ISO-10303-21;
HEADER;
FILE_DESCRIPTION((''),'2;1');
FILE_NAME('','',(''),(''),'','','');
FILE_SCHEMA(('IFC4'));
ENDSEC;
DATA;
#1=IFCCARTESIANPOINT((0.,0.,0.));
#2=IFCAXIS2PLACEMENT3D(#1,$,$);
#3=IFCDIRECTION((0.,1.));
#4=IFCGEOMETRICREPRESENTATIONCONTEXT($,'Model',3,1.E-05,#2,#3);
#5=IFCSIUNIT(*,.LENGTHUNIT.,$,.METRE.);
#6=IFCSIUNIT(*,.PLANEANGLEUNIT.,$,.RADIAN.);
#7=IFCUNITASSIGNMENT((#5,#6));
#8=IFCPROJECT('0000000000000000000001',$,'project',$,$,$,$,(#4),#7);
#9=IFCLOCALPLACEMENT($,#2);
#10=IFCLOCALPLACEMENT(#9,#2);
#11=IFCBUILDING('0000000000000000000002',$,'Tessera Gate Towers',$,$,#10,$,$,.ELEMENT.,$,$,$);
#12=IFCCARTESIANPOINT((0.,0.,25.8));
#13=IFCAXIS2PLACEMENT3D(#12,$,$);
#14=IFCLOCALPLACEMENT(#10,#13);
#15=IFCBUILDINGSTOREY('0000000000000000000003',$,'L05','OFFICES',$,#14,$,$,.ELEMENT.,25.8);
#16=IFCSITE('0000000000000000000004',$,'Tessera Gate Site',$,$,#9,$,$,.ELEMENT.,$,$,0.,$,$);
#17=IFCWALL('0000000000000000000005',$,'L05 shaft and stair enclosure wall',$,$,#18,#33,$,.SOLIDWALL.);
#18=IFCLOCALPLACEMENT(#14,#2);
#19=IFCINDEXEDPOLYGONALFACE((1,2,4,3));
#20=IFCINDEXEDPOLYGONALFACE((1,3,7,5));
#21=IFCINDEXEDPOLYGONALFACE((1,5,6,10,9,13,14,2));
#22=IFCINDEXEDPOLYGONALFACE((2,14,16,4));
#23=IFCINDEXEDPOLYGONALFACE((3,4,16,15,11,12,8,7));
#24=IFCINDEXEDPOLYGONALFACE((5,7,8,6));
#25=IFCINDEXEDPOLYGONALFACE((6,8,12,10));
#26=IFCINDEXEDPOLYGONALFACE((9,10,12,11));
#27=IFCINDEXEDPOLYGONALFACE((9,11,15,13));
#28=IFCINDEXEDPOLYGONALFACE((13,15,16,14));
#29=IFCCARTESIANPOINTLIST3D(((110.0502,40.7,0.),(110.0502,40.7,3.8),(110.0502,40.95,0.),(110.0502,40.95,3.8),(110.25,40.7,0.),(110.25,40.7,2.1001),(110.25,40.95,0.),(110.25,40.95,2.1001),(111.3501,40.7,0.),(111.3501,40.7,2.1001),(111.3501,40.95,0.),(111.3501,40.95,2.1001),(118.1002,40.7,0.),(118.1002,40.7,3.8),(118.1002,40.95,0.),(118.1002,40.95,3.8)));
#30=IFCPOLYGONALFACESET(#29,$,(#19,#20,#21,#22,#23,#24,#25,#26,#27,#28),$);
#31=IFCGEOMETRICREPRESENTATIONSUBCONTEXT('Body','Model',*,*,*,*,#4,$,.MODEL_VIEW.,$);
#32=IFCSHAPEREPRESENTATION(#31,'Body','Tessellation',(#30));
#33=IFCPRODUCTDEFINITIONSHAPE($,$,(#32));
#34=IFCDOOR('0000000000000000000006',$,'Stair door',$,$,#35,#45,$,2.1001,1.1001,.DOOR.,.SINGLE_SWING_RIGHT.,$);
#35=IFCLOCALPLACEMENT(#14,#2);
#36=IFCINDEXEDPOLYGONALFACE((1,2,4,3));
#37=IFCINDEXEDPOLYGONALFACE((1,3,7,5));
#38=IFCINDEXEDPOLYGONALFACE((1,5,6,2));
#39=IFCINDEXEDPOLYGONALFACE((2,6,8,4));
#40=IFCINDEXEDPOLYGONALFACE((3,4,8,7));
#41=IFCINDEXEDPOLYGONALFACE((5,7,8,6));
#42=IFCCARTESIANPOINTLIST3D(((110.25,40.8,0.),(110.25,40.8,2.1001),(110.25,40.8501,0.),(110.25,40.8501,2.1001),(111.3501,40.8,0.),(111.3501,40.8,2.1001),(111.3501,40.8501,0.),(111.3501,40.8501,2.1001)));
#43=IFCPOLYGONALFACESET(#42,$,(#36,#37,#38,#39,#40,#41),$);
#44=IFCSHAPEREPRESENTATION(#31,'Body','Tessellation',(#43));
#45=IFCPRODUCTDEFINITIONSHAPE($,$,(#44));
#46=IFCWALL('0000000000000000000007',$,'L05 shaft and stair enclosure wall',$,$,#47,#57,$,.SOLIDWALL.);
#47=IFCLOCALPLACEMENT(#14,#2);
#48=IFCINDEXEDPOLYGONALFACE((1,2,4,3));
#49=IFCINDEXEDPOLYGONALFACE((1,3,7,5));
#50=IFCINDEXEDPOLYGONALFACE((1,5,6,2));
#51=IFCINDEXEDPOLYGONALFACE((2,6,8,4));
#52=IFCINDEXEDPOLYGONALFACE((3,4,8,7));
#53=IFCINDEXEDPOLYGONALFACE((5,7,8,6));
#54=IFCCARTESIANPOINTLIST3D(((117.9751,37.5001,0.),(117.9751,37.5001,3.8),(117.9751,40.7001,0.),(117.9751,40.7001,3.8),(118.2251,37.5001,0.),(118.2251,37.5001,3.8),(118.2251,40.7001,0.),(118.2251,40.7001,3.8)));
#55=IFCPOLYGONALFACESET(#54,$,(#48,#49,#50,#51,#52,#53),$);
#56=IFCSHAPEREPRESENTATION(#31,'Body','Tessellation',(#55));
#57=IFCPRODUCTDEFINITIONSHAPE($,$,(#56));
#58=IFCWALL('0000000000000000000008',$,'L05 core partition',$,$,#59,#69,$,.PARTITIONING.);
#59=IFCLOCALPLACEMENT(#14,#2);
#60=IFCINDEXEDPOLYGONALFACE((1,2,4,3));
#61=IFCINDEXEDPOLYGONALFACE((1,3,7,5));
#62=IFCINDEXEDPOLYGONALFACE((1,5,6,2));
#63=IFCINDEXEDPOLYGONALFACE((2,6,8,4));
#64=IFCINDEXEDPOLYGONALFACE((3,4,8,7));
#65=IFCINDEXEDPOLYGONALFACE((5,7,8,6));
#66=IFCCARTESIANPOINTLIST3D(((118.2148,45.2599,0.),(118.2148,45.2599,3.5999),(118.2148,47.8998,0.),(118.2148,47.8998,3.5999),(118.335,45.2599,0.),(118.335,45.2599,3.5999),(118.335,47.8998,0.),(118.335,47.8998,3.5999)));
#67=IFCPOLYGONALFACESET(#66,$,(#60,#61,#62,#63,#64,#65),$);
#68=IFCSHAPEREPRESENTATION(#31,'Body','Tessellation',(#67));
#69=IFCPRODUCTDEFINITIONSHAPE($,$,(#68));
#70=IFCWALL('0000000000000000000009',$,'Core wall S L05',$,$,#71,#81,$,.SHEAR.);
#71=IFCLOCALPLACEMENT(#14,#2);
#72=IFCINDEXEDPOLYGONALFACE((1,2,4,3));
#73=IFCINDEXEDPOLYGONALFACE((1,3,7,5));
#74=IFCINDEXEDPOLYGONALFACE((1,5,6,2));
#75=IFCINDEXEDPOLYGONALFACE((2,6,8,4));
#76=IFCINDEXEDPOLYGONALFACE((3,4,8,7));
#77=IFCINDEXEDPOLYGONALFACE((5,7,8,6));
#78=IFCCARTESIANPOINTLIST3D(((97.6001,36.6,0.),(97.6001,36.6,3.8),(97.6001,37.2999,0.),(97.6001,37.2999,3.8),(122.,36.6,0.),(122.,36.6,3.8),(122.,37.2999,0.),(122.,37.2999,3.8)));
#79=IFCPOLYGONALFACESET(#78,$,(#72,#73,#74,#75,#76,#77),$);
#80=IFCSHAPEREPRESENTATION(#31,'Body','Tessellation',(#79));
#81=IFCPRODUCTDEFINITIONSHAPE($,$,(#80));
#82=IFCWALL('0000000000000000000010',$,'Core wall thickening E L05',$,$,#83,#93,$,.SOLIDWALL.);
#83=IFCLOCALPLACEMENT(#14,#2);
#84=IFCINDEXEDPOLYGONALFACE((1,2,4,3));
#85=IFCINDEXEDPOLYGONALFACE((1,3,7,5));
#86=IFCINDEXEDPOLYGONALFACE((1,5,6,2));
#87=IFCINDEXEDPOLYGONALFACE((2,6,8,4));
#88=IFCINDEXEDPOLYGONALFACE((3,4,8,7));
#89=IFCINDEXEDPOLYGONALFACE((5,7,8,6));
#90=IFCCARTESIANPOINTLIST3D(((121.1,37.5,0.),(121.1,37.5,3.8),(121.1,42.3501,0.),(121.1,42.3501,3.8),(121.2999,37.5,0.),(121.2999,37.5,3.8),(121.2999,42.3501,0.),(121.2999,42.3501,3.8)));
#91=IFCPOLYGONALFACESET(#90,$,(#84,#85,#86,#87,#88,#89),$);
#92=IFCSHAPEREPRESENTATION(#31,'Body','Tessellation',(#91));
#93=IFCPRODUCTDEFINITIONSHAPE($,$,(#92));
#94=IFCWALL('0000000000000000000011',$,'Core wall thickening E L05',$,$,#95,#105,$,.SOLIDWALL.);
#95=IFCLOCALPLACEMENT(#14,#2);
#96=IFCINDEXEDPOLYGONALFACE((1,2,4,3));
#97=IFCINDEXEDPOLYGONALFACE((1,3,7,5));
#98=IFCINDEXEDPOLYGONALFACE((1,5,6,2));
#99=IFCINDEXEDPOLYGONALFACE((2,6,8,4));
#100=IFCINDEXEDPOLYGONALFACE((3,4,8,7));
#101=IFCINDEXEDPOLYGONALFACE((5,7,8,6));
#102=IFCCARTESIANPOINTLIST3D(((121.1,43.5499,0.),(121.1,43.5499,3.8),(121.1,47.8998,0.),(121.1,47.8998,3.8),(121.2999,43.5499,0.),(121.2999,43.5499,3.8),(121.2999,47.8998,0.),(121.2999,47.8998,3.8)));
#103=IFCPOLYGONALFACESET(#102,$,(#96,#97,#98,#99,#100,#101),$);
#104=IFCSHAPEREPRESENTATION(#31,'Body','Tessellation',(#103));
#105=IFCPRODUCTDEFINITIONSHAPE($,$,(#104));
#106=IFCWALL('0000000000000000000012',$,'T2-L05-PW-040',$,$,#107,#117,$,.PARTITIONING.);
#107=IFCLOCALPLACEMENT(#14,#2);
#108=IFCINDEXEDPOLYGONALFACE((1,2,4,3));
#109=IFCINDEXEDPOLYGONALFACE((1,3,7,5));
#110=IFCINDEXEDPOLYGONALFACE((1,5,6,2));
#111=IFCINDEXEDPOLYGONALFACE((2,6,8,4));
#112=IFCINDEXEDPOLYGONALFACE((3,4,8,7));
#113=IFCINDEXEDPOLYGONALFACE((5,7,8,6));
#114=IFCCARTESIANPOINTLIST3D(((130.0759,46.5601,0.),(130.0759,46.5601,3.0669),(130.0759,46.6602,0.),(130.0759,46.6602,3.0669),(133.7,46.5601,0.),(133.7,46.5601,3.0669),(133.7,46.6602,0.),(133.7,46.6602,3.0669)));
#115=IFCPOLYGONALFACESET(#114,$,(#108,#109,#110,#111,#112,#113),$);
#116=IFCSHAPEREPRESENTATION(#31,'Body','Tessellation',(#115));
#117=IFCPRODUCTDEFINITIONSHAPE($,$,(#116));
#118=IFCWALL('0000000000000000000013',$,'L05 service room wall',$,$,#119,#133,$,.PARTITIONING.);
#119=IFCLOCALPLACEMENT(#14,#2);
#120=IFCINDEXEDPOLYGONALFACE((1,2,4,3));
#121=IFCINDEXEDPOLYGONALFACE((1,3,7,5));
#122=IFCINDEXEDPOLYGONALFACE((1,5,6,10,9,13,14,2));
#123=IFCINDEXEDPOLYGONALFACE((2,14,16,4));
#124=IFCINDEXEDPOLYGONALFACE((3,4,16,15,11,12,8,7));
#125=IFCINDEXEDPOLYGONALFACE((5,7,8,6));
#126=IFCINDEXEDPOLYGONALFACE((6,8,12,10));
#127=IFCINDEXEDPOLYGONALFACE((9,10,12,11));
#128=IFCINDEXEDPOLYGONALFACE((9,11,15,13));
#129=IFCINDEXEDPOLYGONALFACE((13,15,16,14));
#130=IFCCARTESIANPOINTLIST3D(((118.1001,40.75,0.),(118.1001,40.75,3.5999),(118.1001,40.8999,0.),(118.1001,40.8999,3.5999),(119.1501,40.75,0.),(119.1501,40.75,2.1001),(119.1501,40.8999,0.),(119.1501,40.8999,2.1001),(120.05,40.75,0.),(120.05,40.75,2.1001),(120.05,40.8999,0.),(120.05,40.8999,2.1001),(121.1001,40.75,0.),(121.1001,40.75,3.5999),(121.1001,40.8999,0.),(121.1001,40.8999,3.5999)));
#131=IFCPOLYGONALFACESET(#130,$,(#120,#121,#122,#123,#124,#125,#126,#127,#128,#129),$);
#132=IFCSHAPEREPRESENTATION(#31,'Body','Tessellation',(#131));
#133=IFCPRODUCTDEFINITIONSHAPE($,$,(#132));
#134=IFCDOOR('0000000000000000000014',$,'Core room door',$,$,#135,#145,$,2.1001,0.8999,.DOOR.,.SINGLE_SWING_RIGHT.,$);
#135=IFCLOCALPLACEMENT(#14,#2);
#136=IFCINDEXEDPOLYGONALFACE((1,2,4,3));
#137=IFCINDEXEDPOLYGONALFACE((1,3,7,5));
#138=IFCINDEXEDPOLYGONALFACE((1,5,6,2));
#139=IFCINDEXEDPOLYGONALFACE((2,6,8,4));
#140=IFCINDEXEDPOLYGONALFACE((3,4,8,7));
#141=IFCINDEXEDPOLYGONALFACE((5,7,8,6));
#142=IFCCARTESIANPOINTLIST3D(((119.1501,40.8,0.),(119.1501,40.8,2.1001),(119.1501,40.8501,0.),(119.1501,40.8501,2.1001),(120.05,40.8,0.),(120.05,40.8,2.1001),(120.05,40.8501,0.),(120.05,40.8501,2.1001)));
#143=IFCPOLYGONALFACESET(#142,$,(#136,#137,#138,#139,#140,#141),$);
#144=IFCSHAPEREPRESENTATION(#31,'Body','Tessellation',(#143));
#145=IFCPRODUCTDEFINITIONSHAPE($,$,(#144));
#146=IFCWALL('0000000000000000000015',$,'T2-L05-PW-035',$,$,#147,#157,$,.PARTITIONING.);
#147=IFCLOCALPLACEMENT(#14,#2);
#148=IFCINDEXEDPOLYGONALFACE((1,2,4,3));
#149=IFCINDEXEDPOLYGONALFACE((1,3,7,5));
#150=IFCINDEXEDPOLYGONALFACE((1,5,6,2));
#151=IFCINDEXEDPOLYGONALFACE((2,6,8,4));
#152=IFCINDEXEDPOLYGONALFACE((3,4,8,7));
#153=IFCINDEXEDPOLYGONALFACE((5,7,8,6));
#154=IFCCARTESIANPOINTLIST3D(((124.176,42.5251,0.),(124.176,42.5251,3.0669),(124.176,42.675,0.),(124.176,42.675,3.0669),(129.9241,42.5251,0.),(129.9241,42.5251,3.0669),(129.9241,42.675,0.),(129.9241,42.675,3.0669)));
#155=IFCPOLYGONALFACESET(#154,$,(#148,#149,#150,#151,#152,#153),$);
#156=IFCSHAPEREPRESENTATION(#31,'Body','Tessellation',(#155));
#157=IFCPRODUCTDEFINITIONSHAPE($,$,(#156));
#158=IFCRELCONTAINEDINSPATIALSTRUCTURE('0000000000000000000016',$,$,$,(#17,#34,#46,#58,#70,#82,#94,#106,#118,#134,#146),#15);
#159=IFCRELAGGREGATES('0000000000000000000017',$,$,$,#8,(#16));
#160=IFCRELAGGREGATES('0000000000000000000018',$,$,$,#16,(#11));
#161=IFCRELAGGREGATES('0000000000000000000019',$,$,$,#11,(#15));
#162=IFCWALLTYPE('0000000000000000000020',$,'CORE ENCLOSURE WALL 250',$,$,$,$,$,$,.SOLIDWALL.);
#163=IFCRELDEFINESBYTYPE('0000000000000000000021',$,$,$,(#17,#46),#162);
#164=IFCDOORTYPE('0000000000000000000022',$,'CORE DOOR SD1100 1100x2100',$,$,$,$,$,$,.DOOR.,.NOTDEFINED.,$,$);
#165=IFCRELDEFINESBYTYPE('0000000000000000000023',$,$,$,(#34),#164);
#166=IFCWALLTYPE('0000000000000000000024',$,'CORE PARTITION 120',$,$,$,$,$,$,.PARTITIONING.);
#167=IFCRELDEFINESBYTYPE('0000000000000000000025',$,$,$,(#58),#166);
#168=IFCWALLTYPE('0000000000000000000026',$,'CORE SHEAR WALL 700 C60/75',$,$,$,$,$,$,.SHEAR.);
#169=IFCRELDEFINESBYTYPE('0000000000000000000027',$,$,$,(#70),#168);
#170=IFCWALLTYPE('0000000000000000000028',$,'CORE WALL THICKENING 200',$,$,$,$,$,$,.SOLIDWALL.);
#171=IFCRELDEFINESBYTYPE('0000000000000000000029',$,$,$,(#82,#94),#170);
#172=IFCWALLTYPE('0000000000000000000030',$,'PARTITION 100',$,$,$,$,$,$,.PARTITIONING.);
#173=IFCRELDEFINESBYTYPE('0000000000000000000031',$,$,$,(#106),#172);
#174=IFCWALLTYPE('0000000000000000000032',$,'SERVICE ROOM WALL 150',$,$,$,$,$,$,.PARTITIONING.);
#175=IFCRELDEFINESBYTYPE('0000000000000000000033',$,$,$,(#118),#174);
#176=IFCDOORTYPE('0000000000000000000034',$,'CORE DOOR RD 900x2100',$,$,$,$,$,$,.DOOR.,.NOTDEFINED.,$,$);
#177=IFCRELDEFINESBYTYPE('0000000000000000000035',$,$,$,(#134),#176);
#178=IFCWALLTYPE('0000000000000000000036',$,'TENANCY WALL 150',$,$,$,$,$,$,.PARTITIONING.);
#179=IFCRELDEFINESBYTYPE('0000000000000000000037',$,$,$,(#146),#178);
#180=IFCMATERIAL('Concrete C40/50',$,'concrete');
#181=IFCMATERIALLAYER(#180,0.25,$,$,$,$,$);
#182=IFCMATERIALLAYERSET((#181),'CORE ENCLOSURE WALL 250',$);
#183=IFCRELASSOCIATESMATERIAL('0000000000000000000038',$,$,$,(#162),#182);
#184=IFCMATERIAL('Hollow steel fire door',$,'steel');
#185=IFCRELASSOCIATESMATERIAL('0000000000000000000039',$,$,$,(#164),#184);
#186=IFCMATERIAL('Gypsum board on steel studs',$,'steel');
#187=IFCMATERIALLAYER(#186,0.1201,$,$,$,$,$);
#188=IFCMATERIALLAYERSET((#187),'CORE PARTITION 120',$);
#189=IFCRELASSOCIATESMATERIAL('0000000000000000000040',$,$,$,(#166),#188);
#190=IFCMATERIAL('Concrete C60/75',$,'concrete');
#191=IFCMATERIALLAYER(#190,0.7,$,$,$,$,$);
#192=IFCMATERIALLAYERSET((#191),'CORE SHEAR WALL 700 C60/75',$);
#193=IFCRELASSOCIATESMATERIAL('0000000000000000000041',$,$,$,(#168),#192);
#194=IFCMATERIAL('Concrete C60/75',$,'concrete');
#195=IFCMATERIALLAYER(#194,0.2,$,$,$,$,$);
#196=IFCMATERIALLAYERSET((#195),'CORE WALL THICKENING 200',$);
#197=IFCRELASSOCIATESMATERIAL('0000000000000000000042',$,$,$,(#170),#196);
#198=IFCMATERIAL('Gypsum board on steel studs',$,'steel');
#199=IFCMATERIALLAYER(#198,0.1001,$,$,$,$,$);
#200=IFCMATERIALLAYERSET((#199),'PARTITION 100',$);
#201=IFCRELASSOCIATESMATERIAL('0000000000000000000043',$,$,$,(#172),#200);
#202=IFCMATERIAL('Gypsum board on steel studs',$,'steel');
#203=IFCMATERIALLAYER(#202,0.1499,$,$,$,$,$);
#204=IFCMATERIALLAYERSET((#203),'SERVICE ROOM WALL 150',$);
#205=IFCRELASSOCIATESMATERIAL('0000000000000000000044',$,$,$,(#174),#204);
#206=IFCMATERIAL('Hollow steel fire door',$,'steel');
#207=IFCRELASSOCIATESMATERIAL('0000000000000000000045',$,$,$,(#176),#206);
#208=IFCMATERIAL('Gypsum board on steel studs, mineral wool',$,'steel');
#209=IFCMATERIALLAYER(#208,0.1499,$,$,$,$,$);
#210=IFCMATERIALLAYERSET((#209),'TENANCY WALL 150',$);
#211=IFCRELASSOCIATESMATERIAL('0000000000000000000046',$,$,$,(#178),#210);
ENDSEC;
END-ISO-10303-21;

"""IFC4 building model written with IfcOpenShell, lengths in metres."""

from ifc_helpers import new_model, si_unit, direction, frame, frame_2d, origin, place, context, subcontext, project, spatial, rectangle, extrude, source, transform, mapped, material, layer, layer_set, type_object, element, fill, save


model = new_model("IFC4")

# Units and contexts
model_context = context("Model", 3, precision=1e-05, world=origin(), true_north=direction((0.0, 1.0)))
body_context = subcontext(model_context, "Body", "Model", "MODEL_VIEW")
ifc_project = project(units=[si_unit("LENGTHUNIT", "METRE"), si_unit("PLANEANGLEUNIT", "RADIAN")], contexts=[model_context])

# Site, building, storey
site_placement = place(None, origin())
site = spatial("IfcSite", under=ifc_project, at=site_placement, Name="Tessera Gate Site", CompositionType="ELEMENT", RefElevation=0.0)
building_placement = place(site_placement, origin())
building = spatial("IfcBuilding", under=site, at=building_placement, Name="Tessera Gate Towers", CompositionType="ELEMENT")
storey_placement = place(building_placement, frame((0.0, 0.0, 25.8)))
storey = spatial("IfcBuildingStorey", under=building, at=storey_placement, Name="L05", Description="OFFICES", CompositionType="ELEMENT", Elevation=25.8)

# Wall, opening, door
ifc_material_1 = material(Name="Concrete C40/50", Category="concrete")
ifc_layer_1 = layer(ifc_material_1, 0.25)
ifc_layer_set_1 = layer_set([ifc_layer_1], Name="CORE ENCLOSURE WALL 250")
wall_type_1 = type_object("IfcWallType", Name="CORE ENCLOSURE WALL 250", PredefinedType="SOLIDWALL", material=ifc_layer_set_1)
wall_1_placement = place(storey_placement, frame((118.1001, 40.825, 0.0), z_axis=(0.0, 0.0, 1.0), x_axis=(-1.0, 0.0, 0.0)))
wall_1 = element("IfcWall", 1, at=wall_1_placement, inside=storey, type_object=wall_type_1, Name="L05 shaft and stair enclosure wall", PredefinedType="SOLIDWALL", context=body_context, shape_type="SweptSolid", body=[
    extrude(rectangle(XDim=8.05, YDim=0.25, at=frame_2d((4.0249, 0.0))), origin(), (0.0, 0.0, 1.0), 3.8),
])
shared_shape_1 = source(origin(), body_context, "Body", "SweptSolid", [
    extrude(rectangle(XDim=1.1001, YDim=2.1001, at=frame_2d((0.55, 1.05))), frame((0.0, 0.135, 0.0), z_axis=(0.0, -1.0, 0.0), x_axis=(1.0, 0.0, 0.0)), (0.0, 0.0, 1.0), 0.27),
])
opening_1_placement = place(wall_1_placement, frame((6.75, 0.0, 0.0)))
opening_1 = element("IfcOpeningElement", 2, at=opening_1_placement, cuts=wall_1, PredefinedType="OPENING", context=body_context, shape_type="MappedRepresentation", body=[
    mapped(shared_shape_1, transform((0.0, 0.0, 0.0), scale=1.0)),
])
ifc_material_2 = material(Name="Hollow steel fire door", Category="steel")
door_type_1 = type_object("IfcDoorType", Name="CORE DOOR SD1100 1100x2100", OperationType="NOTDEFINED", PredefinedType="DOOR", material=ifc_material_2)
shared_shape_2 = source(origin(), body_context, "Body", "SweptSolid", [
    extrude(rectangle(XDim=1.1001, YDim=2.1001, at=frame_2d((0.55, 1.05))), frame((0.0, 0.0249, 0.0), z_axis=(0.0, -1.0, 0.0), x_axis=(1.0, 0.0, 0.0)), (0.0, 0.0, 1.0), 0.05),
])
door_1_placement = place(opening_1_placement, origin())
door_1 = element("IfcDoor", 3, at=door_1_placement, inside=storey, type_object=door_type_1, Name="Stair door", OperationType="SINGLE_SWING_RIGHT", OverallHeight=2.1001, OverallWidth=1.1001, PredefinedType="DOOR", context=body_context, shape_type="MappedRepresentation", body=[
    mapped(shared_shape_2, transform((0.0, 0.0, 0.0), scale=1.0)),
])
fill(opening_1, door_1)

# Walls
wall_2_placement = place(storey_placement, frame((118.1001, 37.5, 0.0), z_axis=(0.0, 0.0, 1.0), x_axis=(0.0, 1.0, 0.0)))
element("IfcWall", 4, at=wall_2_placement, inside=storey, type_object=wall_type_1, Name="L05 shaft and stair enclosure wall", PredefinedType="SOLIDWALL", context=body_context, shape_type="SweptSolid", body=[
    extrude(rectangle(XDim=3.2, YDim=0.25, at=frame_2d((1.6001, 0.0))), origin(), (0.0, 0.0, 1.0), 3.8),
])
ifc_material_3 = material(Name="Gypsum board on steel studs", Category="steel")
ifc_layer_2 = layer(ifc_material_3, 0.1201)
ifc_layer_set_2 = layer_set([ifc_layer_2], Name="CORE PARTITION 120")
wall_type_2 = type_object("IfcWallType", Name="CORE PARTITION 120", PredefinedType="PARTITIONING", material=ifc_layer_set_2)
wall_3_placement = place(storey_placement, frame((118.2749, 45.26, 0.0), z_axis=(0.0, 0.0, 1.0), x_axis=(0.0, 1.0, 0.0)))
element("IfcWall", 5, at=wall_3_placement, inside=storey, type_object=wall_type_2, Name="L05 core partition", PredefinedType="PARTITIONING", context=body_context, shape_type="SweptSolid", body=[
    extrude(rectangle(XDim=2.6399, YDim=0.1201, at=frame_2d((1.3198, 0.0))), origin(), (0.0, 0.0, 1.0), 3.5999),
])
ifc_material_4 = material(Name="Concrete C60/75", Category="concrete")
ifc_layer_3 = layer(ifc_material_4, 0.7)
ifc_layer_set_3 = layer_set([ifc_layer_3], Name="CORE SHEAR WALL 700 C60/75")
wall_type_3 = type_object("IfcWallType", Name="CORE SHEAR WALL 700 C60/75", PredefinedType="SHEAR", material=ifc_layer_set_3)
wall_4_placement = place(storey_placement, frame((122.0, 36.95, 0.0), z_axis=(0.0, 0.0, 1.0), x_axis=(-1.0, 0.0, 0.0)))
element("IfcWall", 6, at=wall_4_placement, inside=storey, type_object=wall_type_3, Name="Core wall S L05", PredefinedType="SHEAR", context=body_context, shape_type="SweptSolid", body=[
    extrude(rectangle(XDim=24.3999, YDim=0.7, at=frame_2d((12.2, 0.0))), origin(), (0.0, 0.0, 1.0), 3.8),
])
ifc_material_5 = material(Name="Concrete C60/75", Category="concrete")
ifc_layer_4 = layer(ifc_material_5, 0.2)
ifc_layer_set_4 = layer_set([ifc_layer_4], Name="CORE WALL THICKENING 200")
wall_type_4 = type_object("IfcWallType", Name="CORE WALL THICKENING 200", PredefinedType="SOLIDWALL", material=ifc_layer_set_4)
wall_5_placement = place(storey_placement, frame((121.2, 37.5, 0.0), z_axis=(0.0, 0.0, 1.0), x_axis=(0.0, 1.0, 0.0)))
element("IfcWall", 7, at=wall_5_placement, inside=storey, type_object=wall_type_4, Name="Core wall thickening E L05", PredefinedType="SOLIDWALL", context=body_context, shape_type="SweptSolid", body=[
    extrude(rectangle(XDim=4.8501, YDim=0.2, at=frame_2d((2.425, 0.0))), origin(), (0.0, 0.0, 1.0), 3.8),
])
wall_6_placement = place(storey_placement, frame((121.2, 43.55, 0.0), z_axis=(0.0, 0.0, 1.0), x_axis=(0.0, 1.0, 0.0)))
element("IfcWall", 8, at=wall_6_placement, inside=storey, type_object=wall_type_4, Name="Core wall thickening E L05", PredefinedType="SOLIDWALL", context=body_context, shape_type="SweptSolid", body=[
    extrude(rectangle(XDim=4.3499, YDim=0.2, at=frame_2d((2.1748, 0.0))), origin(), (0.0, 0.0, 1.0), 3.8),
])
ifc_material_6 = material(Name="Gypsum board on steel studs", Category="steel")
ifc_layer_5 = layer(ifc_material_6, 0.1001)
ifc_layer_set_5 = layer_set([ifc_layer_5], Name="PARTITION 100")
wall_type_5 = type_object("IfcWallType", Name="PARTITION 100", PredefinedType="PARTITIONING", material=ifc_layer_set_5)
wall_7_placement = place(storey_placement, frame((130.0759, 46.6101, 0.0), z_axis=(0.0, 0.0, 1.0), x_axis=(1.0, 0.0, 0.0)))
element("IfcWall", 9, at=wall_7_placement, inside=storey, type_object=wall_type_5, Name="T2-L05-PW-040", PredefinedType="PARTITIONING", context=body_context, shape_type="SweptSolid", body=[
    extrude(rectangle(XDim=3.624, YDim=0.1001, at=frame_2d((1.812, 0.0))), origin(), (0.0, 0.0, 1.0), 3.0669),
])

# Wall, opening, door
ifc_material_7 = material(Name="Gypsum board on steel studs", Category="steel")
ifc_layer_6 = layer(ifc_material_7, 0.1499)
ifc_layer_set_6 = layer_set([ifc_layer_6], Name="SERVICE ROOM WALL 150")
wall_type_6 = type_object("IfcWallType", Name="SERVICE ROOM WALL 150", PredefinedType="PARTITIONING", material=ifc_layer_set_6)
wall_8_placement = place(storey_placement, frame((121.1001, 40.825, 0.0), z_axis=(0.0, 0.0, 1.0), x_axis=(-1.0, 0.0, 0.0)))
wall_8 = element("IfcWall", 10, at=wall_8_placement, inside=storey, type_object=wall_type_6, Name="L05 service room wall", PredefinedType="PARTITIONING", context=body_context, shape_type="SweptSolid", body=[
    extrude(rectangle(XDim=3.0, YDim=0.1499, at=frame_2d((1.5, 0.0))), origin(), (0.0, 0.0, 1.0), 3.5999),
])
shared_shape_3 = source(origin(), body_context, "Body", "SweptSolid", [
    extrude(rectangle(XDim=0.8999, YDim=2.1001, at=frame_2d((0.45, 1.05))), frame((0.0, 0.085, 0.0), z_axis=(0.0, -1.0, 0.0), x_axis=(1.0, 0.0, 0.0)), (0.0, 0.0, 1.0), 0.1699),
])
opening_2_placement = place(wall_8_placement, frame((1.05, 0.0, 0.0)))
opening_2 = element("IfcOpeningElement", 11, at=opening_2_placement, cuts=wall_8, PredefinedType="OPENING", context=body_context, shape_type="MappedRepresentation", body=[
    mapped(shared_shape_3, transform((0.0, 0.0, 0.0), scale=1.0)),
])
ifc_material_8 = material(Name="Hollow steel fire door", Category="steel")
door_type_2 = type_object("IfcDoorType", Name="CORE DOOR RD 900x2100", OperationType="NOTDEFINED", PredefinedType="DOOR", material=ifc_material_8)
shared_shape_4 = source(origin(), body_context, "Body", "SweptSolid", [
    extrude(rectangle(XDim=0.8999, YDim=2.1001, at=frame_2d((0.45, 1.05))), frame((0.0, 0.0249, 0.0), z_axis=(0.0, -1.0, 0.0), x_axis=(1.0, 0.0, 0.0)), (0.0, 0.0, 1.0), 0.05),
])
door_2_placement = place(opening_2_placement, origin())
door_2 = element("IfcDoor", 12, at=door_2_placement, inside=storey, type_object=door_type_2, Name="Core room door", OperationType="SINGLE_SWING_RIGHT", OverallHeight=2.1001, OverallWidth=0.8999, PredefinedType="DOOR", context=body_context, shape_type="MappedRepresentation", body=[
    mapped(shared_shape_4, transform((0.0, 0.0, 0.0), scale=1.0)),
])
fill(opening_2, door_2)

# Wall
ifc_material_9 = material(Name="Gypsum board on steel studs, mineral wool", Category="steel")
ifc_layer_7 = layer(ifc_material_9, 0.1499)
ifc_layer_set_7 = layer_set([ifc_layer_7], Name="TENANCY WALL 150")
wall_type_7 = type_object("IfcWallType", Name="TENANCY WALL 150", PredefinedType="PARTITIONING", material=ifc_layer_set_7)
wall_9_placement = place(storey_placement, frame((124.176, 42.6001, 0.0), z_axis=(0.0, 0.0, 1.0), x_axis=(1.0, 0.0, 0.0)))
element("IfcWall", 13, at=wall_9_placement, inside=storey, type_object=wall_type_7, Name="T2-L05-PW-035", PredefinedType="PARTITIONING", context=body_context, shape_type="SweptSolid", body=[
    extrude(rectangle(XDim=5.748, YDim=0.1499, at=frame_2d((2.874, 0.0))), origin(), (0.0, 0.0, 1.0), 3.0669),
])

save(model, "model.ifc")
